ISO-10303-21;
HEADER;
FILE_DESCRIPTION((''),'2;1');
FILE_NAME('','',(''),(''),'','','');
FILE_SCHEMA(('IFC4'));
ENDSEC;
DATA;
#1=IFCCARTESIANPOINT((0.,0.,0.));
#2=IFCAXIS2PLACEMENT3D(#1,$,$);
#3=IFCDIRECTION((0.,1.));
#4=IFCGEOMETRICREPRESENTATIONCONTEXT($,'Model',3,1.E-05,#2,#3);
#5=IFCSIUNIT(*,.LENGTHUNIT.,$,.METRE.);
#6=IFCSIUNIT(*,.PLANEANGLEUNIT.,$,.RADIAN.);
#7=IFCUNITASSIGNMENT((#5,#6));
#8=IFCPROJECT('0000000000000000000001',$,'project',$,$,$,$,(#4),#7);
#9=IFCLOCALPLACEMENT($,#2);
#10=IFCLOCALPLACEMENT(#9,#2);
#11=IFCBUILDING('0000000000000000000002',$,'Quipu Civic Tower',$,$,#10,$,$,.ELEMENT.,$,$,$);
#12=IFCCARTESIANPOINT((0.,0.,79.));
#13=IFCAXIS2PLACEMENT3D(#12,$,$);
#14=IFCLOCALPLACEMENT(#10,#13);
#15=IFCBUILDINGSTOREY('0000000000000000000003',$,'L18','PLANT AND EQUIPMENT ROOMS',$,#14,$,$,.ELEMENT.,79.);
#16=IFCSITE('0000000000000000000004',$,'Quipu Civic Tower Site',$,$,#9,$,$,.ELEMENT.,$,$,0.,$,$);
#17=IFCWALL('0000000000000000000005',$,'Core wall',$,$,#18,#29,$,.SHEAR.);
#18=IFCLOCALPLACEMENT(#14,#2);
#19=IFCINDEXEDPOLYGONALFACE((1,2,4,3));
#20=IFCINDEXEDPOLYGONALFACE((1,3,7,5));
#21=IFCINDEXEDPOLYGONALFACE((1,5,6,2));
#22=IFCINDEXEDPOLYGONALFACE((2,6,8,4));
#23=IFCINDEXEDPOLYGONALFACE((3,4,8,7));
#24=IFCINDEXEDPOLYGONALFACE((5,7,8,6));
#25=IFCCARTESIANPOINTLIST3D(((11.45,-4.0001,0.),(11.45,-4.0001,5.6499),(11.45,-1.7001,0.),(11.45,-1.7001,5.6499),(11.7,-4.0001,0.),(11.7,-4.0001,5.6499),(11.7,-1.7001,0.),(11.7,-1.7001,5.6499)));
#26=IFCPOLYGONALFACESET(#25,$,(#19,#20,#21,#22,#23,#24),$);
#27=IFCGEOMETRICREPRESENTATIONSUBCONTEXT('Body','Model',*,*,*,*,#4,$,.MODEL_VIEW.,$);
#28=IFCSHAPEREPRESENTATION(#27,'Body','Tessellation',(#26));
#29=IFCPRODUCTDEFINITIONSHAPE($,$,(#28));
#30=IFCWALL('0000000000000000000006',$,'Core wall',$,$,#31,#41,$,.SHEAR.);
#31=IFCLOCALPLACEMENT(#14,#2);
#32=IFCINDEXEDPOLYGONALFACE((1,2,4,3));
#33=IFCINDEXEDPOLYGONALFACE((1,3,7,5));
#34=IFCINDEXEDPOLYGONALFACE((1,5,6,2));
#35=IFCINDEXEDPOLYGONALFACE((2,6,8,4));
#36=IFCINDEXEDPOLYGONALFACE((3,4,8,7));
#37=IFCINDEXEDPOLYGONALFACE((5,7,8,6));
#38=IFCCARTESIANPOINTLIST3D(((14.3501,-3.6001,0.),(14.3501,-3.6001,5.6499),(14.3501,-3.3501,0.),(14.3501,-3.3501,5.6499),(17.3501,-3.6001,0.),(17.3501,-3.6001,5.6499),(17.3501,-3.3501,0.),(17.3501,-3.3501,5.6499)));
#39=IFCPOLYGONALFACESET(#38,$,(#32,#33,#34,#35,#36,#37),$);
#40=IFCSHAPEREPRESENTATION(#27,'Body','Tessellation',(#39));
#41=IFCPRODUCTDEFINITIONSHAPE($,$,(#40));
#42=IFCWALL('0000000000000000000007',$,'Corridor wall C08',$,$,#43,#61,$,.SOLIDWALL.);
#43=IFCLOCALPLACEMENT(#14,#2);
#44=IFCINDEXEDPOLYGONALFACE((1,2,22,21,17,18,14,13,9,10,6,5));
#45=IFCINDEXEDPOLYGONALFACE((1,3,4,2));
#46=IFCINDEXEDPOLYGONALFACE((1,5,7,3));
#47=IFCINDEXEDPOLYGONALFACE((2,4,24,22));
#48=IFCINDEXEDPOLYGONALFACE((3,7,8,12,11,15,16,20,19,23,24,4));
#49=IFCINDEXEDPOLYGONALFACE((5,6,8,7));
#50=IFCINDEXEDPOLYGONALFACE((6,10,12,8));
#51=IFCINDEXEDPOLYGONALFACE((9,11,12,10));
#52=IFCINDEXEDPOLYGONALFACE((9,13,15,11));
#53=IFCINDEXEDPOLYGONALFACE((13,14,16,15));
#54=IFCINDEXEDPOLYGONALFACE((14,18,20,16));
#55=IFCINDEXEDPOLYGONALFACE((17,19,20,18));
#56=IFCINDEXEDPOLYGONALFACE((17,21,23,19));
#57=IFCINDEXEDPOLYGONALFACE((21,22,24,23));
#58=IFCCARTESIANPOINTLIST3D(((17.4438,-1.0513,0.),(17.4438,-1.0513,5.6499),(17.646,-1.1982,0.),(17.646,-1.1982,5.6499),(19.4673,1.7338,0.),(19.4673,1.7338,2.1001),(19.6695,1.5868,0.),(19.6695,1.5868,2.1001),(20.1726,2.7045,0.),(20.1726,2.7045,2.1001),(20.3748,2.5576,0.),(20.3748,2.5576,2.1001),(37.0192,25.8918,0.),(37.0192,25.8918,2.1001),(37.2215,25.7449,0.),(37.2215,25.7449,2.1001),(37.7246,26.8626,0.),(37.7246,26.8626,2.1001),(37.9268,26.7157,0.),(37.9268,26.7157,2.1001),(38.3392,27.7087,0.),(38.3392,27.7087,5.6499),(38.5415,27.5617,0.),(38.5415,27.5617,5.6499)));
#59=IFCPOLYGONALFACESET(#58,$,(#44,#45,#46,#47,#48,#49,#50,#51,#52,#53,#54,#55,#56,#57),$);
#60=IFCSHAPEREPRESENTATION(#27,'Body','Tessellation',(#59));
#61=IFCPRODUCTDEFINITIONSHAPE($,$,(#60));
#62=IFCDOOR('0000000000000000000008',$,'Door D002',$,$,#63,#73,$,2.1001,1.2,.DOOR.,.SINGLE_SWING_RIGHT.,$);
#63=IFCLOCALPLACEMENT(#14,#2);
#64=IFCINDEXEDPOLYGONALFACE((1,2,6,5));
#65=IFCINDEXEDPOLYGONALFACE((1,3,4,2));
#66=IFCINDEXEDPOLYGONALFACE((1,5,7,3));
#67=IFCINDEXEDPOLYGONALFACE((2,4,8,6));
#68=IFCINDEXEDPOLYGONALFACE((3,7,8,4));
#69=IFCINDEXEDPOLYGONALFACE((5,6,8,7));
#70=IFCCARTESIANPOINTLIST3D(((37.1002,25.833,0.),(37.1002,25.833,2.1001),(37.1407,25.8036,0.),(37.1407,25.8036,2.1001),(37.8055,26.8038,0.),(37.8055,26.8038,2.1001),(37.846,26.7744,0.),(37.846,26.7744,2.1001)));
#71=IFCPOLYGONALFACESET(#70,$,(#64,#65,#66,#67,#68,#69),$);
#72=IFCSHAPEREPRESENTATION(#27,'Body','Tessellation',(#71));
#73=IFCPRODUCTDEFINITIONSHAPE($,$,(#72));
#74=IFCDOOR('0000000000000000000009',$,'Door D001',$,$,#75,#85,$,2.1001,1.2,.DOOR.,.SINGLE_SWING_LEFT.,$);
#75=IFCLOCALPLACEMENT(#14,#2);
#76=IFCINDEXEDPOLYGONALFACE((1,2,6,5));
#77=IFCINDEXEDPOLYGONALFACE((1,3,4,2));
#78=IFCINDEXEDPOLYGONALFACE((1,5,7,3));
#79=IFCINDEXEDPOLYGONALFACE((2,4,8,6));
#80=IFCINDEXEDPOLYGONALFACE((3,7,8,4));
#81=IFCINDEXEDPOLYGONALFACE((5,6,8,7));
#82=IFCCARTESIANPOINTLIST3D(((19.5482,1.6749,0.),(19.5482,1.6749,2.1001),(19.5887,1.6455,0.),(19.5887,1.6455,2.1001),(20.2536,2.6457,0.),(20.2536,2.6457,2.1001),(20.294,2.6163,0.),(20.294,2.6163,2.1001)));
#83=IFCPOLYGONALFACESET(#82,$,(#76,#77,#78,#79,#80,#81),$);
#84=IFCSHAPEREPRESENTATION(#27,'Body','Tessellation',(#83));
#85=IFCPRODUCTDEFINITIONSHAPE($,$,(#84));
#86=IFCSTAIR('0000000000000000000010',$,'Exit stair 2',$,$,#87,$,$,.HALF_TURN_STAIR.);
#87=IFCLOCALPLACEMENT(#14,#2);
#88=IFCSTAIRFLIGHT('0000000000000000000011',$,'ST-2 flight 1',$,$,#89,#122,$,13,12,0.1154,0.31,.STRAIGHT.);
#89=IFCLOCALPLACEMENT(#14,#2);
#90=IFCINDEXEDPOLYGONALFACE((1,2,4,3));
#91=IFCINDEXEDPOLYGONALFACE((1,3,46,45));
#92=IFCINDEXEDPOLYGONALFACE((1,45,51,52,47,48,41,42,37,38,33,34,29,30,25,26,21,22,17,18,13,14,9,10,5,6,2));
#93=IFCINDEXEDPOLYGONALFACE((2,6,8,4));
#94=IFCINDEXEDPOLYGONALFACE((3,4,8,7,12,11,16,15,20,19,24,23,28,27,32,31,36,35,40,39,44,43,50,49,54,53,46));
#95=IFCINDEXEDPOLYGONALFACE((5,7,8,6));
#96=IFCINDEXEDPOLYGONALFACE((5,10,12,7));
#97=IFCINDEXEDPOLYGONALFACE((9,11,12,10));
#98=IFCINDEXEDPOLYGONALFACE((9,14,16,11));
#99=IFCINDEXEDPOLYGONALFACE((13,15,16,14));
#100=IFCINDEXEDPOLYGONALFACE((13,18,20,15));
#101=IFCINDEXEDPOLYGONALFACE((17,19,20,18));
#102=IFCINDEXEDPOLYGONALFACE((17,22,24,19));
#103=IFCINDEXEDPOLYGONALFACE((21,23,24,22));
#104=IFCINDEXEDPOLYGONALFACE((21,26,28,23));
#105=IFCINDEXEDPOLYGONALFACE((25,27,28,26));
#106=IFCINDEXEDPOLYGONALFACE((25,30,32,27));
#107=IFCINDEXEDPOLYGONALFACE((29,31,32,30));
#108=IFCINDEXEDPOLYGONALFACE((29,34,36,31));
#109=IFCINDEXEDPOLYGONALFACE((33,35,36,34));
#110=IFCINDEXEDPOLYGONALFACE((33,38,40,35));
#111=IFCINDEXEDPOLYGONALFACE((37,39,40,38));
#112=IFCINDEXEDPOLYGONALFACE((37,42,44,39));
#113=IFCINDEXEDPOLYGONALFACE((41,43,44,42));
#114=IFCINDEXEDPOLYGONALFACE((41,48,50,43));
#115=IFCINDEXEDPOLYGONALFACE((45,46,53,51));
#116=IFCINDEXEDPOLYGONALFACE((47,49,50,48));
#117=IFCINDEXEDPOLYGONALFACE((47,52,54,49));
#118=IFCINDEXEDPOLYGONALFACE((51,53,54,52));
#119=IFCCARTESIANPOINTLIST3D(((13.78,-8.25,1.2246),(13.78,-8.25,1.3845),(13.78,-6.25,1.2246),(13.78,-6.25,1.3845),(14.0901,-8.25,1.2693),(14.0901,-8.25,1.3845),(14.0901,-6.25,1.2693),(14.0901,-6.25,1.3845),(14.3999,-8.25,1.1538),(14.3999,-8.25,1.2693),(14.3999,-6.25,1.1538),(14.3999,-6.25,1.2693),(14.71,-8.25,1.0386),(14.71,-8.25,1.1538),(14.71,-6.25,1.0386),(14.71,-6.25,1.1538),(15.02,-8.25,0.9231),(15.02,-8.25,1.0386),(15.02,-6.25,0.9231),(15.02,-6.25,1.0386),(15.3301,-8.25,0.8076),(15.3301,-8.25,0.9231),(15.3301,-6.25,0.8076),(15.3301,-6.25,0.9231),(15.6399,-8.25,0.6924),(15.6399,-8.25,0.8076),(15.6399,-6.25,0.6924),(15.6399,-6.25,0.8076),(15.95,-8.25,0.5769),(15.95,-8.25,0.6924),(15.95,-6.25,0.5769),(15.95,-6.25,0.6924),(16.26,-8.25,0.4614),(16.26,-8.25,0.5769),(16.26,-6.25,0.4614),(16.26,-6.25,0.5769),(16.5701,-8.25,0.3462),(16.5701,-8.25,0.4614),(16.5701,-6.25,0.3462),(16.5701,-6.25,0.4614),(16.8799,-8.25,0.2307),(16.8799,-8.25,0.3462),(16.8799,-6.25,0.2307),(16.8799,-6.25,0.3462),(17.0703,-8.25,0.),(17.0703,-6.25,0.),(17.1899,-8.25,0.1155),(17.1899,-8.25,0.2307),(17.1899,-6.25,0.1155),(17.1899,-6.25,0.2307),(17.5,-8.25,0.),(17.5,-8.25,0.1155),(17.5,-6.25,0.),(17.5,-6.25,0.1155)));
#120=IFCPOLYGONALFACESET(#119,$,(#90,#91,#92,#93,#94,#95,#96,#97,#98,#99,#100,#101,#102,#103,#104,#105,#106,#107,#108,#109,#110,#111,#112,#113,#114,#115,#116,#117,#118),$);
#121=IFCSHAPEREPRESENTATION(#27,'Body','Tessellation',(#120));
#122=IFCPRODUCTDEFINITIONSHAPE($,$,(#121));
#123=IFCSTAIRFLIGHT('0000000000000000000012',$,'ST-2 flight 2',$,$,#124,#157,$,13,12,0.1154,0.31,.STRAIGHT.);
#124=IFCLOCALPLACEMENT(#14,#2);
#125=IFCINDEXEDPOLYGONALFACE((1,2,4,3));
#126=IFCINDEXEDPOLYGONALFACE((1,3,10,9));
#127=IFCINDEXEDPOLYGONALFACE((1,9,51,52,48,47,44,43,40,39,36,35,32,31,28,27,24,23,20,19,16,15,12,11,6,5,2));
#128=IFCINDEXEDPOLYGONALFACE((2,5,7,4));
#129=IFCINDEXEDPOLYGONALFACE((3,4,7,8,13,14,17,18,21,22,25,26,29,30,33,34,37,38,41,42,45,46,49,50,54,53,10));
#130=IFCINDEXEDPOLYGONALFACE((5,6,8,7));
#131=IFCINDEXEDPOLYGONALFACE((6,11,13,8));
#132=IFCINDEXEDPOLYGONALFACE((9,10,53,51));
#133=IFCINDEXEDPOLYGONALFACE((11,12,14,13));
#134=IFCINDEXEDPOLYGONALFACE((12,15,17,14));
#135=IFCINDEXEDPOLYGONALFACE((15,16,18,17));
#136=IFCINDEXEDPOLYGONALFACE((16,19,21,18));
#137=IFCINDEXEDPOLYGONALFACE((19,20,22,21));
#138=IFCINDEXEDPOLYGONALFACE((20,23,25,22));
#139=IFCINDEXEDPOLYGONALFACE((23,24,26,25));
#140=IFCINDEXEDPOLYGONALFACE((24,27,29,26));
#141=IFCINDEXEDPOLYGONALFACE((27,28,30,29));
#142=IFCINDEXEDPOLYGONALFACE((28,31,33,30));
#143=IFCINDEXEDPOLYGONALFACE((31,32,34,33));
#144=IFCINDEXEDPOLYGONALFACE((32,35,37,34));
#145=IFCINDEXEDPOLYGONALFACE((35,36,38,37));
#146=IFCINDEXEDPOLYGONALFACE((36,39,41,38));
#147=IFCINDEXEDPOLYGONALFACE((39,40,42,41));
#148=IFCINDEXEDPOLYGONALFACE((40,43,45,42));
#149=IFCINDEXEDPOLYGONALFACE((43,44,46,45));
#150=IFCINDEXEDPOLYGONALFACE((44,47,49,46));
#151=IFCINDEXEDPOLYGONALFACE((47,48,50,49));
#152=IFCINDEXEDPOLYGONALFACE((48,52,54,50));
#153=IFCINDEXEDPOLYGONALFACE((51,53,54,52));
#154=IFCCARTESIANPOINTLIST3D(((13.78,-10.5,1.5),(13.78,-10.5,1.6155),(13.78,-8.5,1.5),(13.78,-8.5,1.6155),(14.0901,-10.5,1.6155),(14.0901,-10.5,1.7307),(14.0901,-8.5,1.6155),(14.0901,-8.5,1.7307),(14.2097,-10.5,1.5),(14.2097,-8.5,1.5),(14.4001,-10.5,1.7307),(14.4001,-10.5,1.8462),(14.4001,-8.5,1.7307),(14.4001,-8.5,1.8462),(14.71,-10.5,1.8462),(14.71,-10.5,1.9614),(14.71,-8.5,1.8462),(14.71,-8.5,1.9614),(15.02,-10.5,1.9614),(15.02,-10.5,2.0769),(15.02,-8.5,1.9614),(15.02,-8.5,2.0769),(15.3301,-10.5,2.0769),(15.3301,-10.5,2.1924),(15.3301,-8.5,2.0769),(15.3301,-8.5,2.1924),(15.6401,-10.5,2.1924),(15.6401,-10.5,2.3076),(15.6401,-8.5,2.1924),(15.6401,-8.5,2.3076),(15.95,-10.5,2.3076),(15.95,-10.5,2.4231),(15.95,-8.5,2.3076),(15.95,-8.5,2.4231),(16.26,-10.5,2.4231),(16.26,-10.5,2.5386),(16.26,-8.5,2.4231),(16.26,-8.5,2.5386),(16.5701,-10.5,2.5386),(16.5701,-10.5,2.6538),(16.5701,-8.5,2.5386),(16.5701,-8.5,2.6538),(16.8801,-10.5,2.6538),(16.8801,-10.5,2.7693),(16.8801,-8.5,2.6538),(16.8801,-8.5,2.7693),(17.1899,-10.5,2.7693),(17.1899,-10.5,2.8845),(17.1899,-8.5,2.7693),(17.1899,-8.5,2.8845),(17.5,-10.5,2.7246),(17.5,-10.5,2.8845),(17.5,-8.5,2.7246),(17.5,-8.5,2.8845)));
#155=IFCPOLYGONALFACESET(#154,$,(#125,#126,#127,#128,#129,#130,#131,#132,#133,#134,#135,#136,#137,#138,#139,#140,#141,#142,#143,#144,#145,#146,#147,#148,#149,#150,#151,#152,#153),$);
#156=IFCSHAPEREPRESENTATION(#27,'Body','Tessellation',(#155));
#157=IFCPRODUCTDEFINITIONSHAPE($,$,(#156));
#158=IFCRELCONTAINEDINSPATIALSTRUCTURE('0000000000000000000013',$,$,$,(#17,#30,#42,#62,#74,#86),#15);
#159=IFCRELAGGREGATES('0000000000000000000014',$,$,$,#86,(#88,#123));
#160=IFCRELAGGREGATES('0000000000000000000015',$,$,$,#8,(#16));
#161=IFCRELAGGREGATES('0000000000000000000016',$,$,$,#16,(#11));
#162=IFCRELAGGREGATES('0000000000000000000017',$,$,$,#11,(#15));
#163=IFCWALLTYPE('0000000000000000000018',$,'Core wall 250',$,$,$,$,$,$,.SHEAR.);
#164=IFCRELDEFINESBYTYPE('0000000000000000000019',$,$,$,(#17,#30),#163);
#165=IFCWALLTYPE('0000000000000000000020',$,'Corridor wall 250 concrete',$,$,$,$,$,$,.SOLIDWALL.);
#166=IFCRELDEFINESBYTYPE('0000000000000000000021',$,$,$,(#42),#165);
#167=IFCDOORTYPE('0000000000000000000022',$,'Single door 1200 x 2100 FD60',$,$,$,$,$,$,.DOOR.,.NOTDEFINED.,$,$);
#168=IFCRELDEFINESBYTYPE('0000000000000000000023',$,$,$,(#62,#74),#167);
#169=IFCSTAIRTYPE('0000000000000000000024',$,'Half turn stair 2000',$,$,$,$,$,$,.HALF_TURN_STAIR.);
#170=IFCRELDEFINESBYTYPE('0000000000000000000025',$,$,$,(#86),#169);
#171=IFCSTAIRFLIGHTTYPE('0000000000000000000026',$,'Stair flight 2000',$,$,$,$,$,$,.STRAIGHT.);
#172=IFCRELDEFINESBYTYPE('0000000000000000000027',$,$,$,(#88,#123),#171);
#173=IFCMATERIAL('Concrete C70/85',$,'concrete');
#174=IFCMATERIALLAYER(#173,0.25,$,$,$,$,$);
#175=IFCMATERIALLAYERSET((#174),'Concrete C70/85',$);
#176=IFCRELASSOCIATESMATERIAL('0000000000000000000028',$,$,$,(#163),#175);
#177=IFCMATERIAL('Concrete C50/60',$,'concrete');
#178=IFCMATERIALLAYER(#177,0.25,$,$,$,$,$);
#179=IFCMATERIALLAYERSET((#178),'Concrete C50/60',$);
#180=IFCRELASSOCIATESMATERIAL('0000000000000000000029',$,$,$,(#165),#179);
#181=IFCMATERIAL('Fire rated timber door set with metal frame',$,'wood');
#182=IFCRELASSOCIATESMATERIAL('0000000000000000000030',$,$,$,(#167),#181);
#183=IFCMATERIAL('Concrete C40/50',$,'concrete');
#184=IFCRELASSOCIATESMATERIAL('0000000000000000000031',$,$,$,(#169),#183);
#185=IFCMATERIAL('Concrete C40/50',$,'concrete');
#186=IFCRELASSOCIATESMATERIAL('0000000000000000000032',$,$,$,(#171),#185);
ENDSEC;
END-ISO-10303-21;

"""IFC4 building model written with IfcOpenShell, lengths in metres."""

from ifc_helpers import new_model, si_unit, direction, frame, frame_2d, origin, place, context, subcontext, project, spatial, polyline, rectangle, outline, extrude, material, layer, layer_set, type_object, element, fill, aggregate, save


model = new_model("IFC4")

# Units and contexts
model_context = context("Model", 3, precision=1e-05, world=origin(), true_north=direction((0.0, 1.0)))
body_context = subcontext(model_context, "Body", "Model", "MODEL_VIEW")
ifc_project = project(units=[si_unit("LENGTHUNIT", "METRE"), si_unit("PLANEANGLEUNIT", "RADIAN")], contexts=[model_context])

# Site, building, storey
site_placement = place(None, origin())
site = spatial("IfcSite", under=ifc_project, at=site_placement, Name="Quipu Civic Tower Site", CompositionType="ELEMENT", RefElevation=0.0)
building_placement = place(site_placement, origin())
building = spatial("IfcBuilding", under=site, at=building_placement, Name="Quipu Civic Tower", CompositionType="ELEMENT")
storey_placement = place(building_placement, frame((0.0, 0.0, 79.0)))
storey = spatial("IfcBuildingStorey", under=building, at=storey_placement, Name="L18", Description="PLANT AND EQUIPMENT ROOMS", CompositionType="ELEMENT", Elevation=79.0)

# Shared definitions
ifc_material_1 = material(Name="Concrete C70/85", Category="concrete")
ifc_layer_1 = layer(ifc_material_1, 0.25)
ifc_layer_set_1 = layer_set([ifc_layer_1], Name="Concrete C70/85")
wall_type_1 = type_object("IfcWallType", Name="Core wall 250", PredefinedType="SHEAR", material=ifc_layer_set_1)

# Walls
wall_1_placement = place(storey_placement, frame((11.575, -4.0, 0.0), z_axis=(0.0, 0.0, 1.0), x_axis=(0.0, 1.0, 0.0)))
element("IfcWall", 1, at=wall_1_placement, inside=storey, type_object=wall_type_1, Name="Core wall", PredefinedType="SHEAR", context=body_context, shape_type="SweptSolid", body=[
    extrude(rectangle(XDim=2.3, YDim=0.25, at=frame_2d((1.1499, 0.0))), origin(), (0.0, 0.0, 1.0), 5.6499),
])
wall_2_placement = place(storey_placement, frame((14.3501, -3.4751, 0.0), z_axis=(0.0, 0.0, 1.0), x_axis=(1.0, 0.0, 0.0)))
element("IfcWall", 2, at=wall_2_placement, inside=storey, type_object=wall_type_1, Name="Core wall", PredefinedType="SHEAR", context=body_context, shape_type="SweptSolid", body=[
    extrude(rectangle(XDim=3.0, YDim=0.25, at=frame_2d((1.5, 0.0))), origin(), (0.0, 0.0, 1.0), 5.6499),
])

# Wall, openings, doors
ifc_material_2 = material(Name="Concrete C50/60", Category="concrete")
ifc_layer_2 = layer(ifc_material_2, 0.25)
ifc_layer_set_2 = layer_set([ifc_layer_2], Name="Concrete C50/60")
wall_type_2 = type_object("IfcWallType", Name="Corridor wall 250 concrete", PredefinedType="SOLIDWALL", material=ifc_layer_set_2)
wall_3_placement = place(storey_placement, frame((17.5449, -1.1248, 0.0), z_axis=(0.0, 0.0, 1.0), x_axis=(0.587788, 0.809015, 0.0)))
wall_3 = element("IfcWall", 3, at=wall_3_placement, inside=storey, type_object=wall_type_2, Name="Corridor wall C08", PredefinedType="SOLIDWALL", context=body_context, shape_type="SweptSolid", body=[
    extrude(rectangle(XDim=35.5493, YDim=0.25, at=frame_2d((17.7747, 0.0))), origin(), (0.0, 0.0, 1.0), 5.6499),
])
opening_1_placement = place(wall_3_placement, frame((33.3035, 0.0, 0.0)))
opening_1 = element("IfcOpeningElement", 4, at=opening_1_placement, cuts=wall_3, PredefinedType="OPENING", context=body_context, shape_type="SweptSolid", body=[
    extrude(rectangle(XDim=1.2, YDim=2.1001, at=frame_2d((0.6001, 1.05))), frame((0.0, 0.135, 0.0), z_axis=(0.0, -1.0, 0.0), x_axis=(1.0, 0.0, 0.0)), (0.0, 0.0, 1.0), 0.27),
])
opening_2_placement = place(wall_3_placement, frame((3.4424, 0.0, 0.0)))
opening_2 = element("IfcOpeningElement", 5, at=opening_2_placement, cuts=wall_3, PredefinedType="OPENING", context=body_context, shape_type="SweptSolid", body=[
    extrude(rectangle(XDim=1.2, YDim=2.1001, at=frame_2d((0.6001, 1.05))), frame((0.0, 0.135, 0.0), z_axis=(0.0, -1.0, 0.0), x_axis=(1.0, 0.0, 0.0)), (0.0, 0.0, 1.0), 0.27),
])
ifc_material_3 = material(Name="Fire rated timber door set with metal frame", Category="wood")
door_type_1 = type_object("IfcDoorType", Name="Single door 1200 x 2100 FD60", OperationType="NOTDEFINED", PredefinedType="DOOR", material=ifc_material_3)
door_1_placement = place(opening_1_placement, origin())
door_1 = element("IfcDoor", 6, at=door_1_placement, inside=storey, type_object=door_type_1, Name="Door D002", OperationType="SINGLE_SWING_RIGHT", OverallHeight=2.1001, OverallWidth=1.2, PredefinedType="DOOR", context=body_context, shape_type="SweptSolid", body=[
    extrude(rectangle(XDim=1.2, YDim=2.1001, at=frame_2d((0.6001, 1.05))), frame((0.0, 0.0249, 0.0), z_axis=(0.0, -1.0, 0.0), x_axis=(1.0, 0.0, 0.0)), (0.0, 0.0, 1.0), 0.05),
])
fill(opening_1, door_1)
door_2_placement = place(opening_2_placement, origin())
door_2 = element("IfcDoor", 7, at=door_2_placement, inside=storey, type_object=door_type_1, Name="Door D001", OperationType="SINGLE_SWING_LEFT", OverallHeight=2.1001, OverallWidth=1.2, PredefinedType="DOOR", context=body_context, shape_type="SweptSolid", body=[
    extrude(rectangle(XDim=1.2, YDim=2.1001, at=frame_2d((0.6001, 1.05))), frame((0.0, 0.0249, 0.0), z_axis=(0.0, -1.0, 0.0), x_axis=(1.0, 0.0, 0.0)), (0.0, 0.0, 1.0), 0.05),
])
fill(opening_2, door_2)

# Stair, stair flights
ifc_material_4 = material(Name="Concrete C40/50", Category="concrete")
stair_type = type_object("IfcStairType", Name="Half turn stair 2000", PredefinedType="HALF_TURN_STAIR", material=ifc_material_4)
stair_placement = place(storey_placement, origin())
stair = element("IfcStair", 8, at=stair_placement, inside=storey, type_object=stair_type, Name="Exit stair 2", PredefinedType="HALF_TURN_STAIR")
ifc_material_5 = material(Name="Concrete C40/50", Category="concrete")
stair_flight_type = type_object("IfcStairFlightType", Name="Stair flight 2000", PredefinedType="STRAIGHT", material=ifc_material_5)
stair_flight_1_placement = place(storey_placement, frame((17.5, -7.25, 0.0), z_axis=(0.0, 0.0, 1.0), x_axis=(-1.0, 0.0, 0.0)))
stair_flight_1 = element("IfcStairFlight", 9, at=stair_flight_1_placement, type_object=stair_flight_type, Name="ST-2 flight 1", NumberOfRisers=13, NumberOfTreads=12, PredefinedType="STRAIGHT", RiserHeight=0.1154, TreadLength=0.31, context=body_context, shape_type="SweptSolid", body=[
    extrude(outline(polyline([(0.0, 0.0), (0.0, 0.1155), (0.3101, 0.1155), (0.3101, 0.2307), (0.6201, 0.2307), (0.6201, 0.3462), (0.9299, 0.3462), (0.9299, 0.4614), (1.24, 0.4614), (1.24, 0.5769), (1.55, 0.5769), (1.55, 0.6924), (1.8601, 0.6924), (1.8601, 0.8076), (2.1699, 0.8076), (2.1699, 0.9231), (2.48, 0.9231), (2.48, 1.0386), (2.79, 1.0386), (2.79, 1.1538), (3.1001, 1.1538), (3.1001, 1.2693), (3.4099, 1.2693), (3.4099, 1.3845), (3.72, 1.3845), (3.72, 1.5), (3.72, 1.2246), (0.4297, 0.0), (0.0, 0.0)])), frame((0.0, 1.0, 0.0), z_axis=(0.0, -1.0, 0.0), x_axis=(1.0, 0.0, 0.0)), (0.0, 0.0, 1.0), 2.0),
])
stair_flight_2_placement = place(storey_placement, frame((13.78, -9.5, 1.5), z_axis=(0.0, 0.0, 1.0), x_axis=(1.0, 0.0, 0.0)))
stair_flight_2 = element("IfcStairFlight", 10, at=stair_flight_2_placement, type_object=stair_flight_type, Name="ST-2 flight 2", NumberOfRisers=13, NumberOfTreads=12, PredefinedType="STRAIGHT", RiserHeight=0.1154, TreadLength=0.31, context=body_context, shape_type="SweptSolid", body=[
    extrude(outline(polyline([(0.0, 0.0), (0.0, 0.1155), (0.3101, 0.1155), (0.3101, 0.2307), (0.6201, 0.2307), (0.6201, 0.3462), (0.9299, 0.3462), (0.9299, 0.4614), (1.24, 0.4614), (1.24, 0.5769), (1.55, 0.5769), (1.55, 0.6924), (1.8601, 0.6924), (1.8601, 0.8076), (2.1699, 0.8076), (2.1699, 0.9231), (2.48, 0.9231), (2.48, 1.0386), (2.79, 1.0386), (2.79, 1.1538), (3.1001, 1.1538), (3.1001, 1.2693), (3.4099, 1.2693), (3.4099, 1.3845), (3.72, 1.3845), (3.72, 1.5), (3.72, 1.2246), (0.4297, 0.0), (0.0, 0.0)])), frame((0.0, 1.0, 0.0), z_axis=(0.0, -1.0, 0.0), x_axis=(1.0, 0.0, 0.0)), (0.0, 0.0, 1.0), 2.0),
])
aggregate(stair, [stair_flight_1, stair_flight_2])

save(model, "model.ifc")
